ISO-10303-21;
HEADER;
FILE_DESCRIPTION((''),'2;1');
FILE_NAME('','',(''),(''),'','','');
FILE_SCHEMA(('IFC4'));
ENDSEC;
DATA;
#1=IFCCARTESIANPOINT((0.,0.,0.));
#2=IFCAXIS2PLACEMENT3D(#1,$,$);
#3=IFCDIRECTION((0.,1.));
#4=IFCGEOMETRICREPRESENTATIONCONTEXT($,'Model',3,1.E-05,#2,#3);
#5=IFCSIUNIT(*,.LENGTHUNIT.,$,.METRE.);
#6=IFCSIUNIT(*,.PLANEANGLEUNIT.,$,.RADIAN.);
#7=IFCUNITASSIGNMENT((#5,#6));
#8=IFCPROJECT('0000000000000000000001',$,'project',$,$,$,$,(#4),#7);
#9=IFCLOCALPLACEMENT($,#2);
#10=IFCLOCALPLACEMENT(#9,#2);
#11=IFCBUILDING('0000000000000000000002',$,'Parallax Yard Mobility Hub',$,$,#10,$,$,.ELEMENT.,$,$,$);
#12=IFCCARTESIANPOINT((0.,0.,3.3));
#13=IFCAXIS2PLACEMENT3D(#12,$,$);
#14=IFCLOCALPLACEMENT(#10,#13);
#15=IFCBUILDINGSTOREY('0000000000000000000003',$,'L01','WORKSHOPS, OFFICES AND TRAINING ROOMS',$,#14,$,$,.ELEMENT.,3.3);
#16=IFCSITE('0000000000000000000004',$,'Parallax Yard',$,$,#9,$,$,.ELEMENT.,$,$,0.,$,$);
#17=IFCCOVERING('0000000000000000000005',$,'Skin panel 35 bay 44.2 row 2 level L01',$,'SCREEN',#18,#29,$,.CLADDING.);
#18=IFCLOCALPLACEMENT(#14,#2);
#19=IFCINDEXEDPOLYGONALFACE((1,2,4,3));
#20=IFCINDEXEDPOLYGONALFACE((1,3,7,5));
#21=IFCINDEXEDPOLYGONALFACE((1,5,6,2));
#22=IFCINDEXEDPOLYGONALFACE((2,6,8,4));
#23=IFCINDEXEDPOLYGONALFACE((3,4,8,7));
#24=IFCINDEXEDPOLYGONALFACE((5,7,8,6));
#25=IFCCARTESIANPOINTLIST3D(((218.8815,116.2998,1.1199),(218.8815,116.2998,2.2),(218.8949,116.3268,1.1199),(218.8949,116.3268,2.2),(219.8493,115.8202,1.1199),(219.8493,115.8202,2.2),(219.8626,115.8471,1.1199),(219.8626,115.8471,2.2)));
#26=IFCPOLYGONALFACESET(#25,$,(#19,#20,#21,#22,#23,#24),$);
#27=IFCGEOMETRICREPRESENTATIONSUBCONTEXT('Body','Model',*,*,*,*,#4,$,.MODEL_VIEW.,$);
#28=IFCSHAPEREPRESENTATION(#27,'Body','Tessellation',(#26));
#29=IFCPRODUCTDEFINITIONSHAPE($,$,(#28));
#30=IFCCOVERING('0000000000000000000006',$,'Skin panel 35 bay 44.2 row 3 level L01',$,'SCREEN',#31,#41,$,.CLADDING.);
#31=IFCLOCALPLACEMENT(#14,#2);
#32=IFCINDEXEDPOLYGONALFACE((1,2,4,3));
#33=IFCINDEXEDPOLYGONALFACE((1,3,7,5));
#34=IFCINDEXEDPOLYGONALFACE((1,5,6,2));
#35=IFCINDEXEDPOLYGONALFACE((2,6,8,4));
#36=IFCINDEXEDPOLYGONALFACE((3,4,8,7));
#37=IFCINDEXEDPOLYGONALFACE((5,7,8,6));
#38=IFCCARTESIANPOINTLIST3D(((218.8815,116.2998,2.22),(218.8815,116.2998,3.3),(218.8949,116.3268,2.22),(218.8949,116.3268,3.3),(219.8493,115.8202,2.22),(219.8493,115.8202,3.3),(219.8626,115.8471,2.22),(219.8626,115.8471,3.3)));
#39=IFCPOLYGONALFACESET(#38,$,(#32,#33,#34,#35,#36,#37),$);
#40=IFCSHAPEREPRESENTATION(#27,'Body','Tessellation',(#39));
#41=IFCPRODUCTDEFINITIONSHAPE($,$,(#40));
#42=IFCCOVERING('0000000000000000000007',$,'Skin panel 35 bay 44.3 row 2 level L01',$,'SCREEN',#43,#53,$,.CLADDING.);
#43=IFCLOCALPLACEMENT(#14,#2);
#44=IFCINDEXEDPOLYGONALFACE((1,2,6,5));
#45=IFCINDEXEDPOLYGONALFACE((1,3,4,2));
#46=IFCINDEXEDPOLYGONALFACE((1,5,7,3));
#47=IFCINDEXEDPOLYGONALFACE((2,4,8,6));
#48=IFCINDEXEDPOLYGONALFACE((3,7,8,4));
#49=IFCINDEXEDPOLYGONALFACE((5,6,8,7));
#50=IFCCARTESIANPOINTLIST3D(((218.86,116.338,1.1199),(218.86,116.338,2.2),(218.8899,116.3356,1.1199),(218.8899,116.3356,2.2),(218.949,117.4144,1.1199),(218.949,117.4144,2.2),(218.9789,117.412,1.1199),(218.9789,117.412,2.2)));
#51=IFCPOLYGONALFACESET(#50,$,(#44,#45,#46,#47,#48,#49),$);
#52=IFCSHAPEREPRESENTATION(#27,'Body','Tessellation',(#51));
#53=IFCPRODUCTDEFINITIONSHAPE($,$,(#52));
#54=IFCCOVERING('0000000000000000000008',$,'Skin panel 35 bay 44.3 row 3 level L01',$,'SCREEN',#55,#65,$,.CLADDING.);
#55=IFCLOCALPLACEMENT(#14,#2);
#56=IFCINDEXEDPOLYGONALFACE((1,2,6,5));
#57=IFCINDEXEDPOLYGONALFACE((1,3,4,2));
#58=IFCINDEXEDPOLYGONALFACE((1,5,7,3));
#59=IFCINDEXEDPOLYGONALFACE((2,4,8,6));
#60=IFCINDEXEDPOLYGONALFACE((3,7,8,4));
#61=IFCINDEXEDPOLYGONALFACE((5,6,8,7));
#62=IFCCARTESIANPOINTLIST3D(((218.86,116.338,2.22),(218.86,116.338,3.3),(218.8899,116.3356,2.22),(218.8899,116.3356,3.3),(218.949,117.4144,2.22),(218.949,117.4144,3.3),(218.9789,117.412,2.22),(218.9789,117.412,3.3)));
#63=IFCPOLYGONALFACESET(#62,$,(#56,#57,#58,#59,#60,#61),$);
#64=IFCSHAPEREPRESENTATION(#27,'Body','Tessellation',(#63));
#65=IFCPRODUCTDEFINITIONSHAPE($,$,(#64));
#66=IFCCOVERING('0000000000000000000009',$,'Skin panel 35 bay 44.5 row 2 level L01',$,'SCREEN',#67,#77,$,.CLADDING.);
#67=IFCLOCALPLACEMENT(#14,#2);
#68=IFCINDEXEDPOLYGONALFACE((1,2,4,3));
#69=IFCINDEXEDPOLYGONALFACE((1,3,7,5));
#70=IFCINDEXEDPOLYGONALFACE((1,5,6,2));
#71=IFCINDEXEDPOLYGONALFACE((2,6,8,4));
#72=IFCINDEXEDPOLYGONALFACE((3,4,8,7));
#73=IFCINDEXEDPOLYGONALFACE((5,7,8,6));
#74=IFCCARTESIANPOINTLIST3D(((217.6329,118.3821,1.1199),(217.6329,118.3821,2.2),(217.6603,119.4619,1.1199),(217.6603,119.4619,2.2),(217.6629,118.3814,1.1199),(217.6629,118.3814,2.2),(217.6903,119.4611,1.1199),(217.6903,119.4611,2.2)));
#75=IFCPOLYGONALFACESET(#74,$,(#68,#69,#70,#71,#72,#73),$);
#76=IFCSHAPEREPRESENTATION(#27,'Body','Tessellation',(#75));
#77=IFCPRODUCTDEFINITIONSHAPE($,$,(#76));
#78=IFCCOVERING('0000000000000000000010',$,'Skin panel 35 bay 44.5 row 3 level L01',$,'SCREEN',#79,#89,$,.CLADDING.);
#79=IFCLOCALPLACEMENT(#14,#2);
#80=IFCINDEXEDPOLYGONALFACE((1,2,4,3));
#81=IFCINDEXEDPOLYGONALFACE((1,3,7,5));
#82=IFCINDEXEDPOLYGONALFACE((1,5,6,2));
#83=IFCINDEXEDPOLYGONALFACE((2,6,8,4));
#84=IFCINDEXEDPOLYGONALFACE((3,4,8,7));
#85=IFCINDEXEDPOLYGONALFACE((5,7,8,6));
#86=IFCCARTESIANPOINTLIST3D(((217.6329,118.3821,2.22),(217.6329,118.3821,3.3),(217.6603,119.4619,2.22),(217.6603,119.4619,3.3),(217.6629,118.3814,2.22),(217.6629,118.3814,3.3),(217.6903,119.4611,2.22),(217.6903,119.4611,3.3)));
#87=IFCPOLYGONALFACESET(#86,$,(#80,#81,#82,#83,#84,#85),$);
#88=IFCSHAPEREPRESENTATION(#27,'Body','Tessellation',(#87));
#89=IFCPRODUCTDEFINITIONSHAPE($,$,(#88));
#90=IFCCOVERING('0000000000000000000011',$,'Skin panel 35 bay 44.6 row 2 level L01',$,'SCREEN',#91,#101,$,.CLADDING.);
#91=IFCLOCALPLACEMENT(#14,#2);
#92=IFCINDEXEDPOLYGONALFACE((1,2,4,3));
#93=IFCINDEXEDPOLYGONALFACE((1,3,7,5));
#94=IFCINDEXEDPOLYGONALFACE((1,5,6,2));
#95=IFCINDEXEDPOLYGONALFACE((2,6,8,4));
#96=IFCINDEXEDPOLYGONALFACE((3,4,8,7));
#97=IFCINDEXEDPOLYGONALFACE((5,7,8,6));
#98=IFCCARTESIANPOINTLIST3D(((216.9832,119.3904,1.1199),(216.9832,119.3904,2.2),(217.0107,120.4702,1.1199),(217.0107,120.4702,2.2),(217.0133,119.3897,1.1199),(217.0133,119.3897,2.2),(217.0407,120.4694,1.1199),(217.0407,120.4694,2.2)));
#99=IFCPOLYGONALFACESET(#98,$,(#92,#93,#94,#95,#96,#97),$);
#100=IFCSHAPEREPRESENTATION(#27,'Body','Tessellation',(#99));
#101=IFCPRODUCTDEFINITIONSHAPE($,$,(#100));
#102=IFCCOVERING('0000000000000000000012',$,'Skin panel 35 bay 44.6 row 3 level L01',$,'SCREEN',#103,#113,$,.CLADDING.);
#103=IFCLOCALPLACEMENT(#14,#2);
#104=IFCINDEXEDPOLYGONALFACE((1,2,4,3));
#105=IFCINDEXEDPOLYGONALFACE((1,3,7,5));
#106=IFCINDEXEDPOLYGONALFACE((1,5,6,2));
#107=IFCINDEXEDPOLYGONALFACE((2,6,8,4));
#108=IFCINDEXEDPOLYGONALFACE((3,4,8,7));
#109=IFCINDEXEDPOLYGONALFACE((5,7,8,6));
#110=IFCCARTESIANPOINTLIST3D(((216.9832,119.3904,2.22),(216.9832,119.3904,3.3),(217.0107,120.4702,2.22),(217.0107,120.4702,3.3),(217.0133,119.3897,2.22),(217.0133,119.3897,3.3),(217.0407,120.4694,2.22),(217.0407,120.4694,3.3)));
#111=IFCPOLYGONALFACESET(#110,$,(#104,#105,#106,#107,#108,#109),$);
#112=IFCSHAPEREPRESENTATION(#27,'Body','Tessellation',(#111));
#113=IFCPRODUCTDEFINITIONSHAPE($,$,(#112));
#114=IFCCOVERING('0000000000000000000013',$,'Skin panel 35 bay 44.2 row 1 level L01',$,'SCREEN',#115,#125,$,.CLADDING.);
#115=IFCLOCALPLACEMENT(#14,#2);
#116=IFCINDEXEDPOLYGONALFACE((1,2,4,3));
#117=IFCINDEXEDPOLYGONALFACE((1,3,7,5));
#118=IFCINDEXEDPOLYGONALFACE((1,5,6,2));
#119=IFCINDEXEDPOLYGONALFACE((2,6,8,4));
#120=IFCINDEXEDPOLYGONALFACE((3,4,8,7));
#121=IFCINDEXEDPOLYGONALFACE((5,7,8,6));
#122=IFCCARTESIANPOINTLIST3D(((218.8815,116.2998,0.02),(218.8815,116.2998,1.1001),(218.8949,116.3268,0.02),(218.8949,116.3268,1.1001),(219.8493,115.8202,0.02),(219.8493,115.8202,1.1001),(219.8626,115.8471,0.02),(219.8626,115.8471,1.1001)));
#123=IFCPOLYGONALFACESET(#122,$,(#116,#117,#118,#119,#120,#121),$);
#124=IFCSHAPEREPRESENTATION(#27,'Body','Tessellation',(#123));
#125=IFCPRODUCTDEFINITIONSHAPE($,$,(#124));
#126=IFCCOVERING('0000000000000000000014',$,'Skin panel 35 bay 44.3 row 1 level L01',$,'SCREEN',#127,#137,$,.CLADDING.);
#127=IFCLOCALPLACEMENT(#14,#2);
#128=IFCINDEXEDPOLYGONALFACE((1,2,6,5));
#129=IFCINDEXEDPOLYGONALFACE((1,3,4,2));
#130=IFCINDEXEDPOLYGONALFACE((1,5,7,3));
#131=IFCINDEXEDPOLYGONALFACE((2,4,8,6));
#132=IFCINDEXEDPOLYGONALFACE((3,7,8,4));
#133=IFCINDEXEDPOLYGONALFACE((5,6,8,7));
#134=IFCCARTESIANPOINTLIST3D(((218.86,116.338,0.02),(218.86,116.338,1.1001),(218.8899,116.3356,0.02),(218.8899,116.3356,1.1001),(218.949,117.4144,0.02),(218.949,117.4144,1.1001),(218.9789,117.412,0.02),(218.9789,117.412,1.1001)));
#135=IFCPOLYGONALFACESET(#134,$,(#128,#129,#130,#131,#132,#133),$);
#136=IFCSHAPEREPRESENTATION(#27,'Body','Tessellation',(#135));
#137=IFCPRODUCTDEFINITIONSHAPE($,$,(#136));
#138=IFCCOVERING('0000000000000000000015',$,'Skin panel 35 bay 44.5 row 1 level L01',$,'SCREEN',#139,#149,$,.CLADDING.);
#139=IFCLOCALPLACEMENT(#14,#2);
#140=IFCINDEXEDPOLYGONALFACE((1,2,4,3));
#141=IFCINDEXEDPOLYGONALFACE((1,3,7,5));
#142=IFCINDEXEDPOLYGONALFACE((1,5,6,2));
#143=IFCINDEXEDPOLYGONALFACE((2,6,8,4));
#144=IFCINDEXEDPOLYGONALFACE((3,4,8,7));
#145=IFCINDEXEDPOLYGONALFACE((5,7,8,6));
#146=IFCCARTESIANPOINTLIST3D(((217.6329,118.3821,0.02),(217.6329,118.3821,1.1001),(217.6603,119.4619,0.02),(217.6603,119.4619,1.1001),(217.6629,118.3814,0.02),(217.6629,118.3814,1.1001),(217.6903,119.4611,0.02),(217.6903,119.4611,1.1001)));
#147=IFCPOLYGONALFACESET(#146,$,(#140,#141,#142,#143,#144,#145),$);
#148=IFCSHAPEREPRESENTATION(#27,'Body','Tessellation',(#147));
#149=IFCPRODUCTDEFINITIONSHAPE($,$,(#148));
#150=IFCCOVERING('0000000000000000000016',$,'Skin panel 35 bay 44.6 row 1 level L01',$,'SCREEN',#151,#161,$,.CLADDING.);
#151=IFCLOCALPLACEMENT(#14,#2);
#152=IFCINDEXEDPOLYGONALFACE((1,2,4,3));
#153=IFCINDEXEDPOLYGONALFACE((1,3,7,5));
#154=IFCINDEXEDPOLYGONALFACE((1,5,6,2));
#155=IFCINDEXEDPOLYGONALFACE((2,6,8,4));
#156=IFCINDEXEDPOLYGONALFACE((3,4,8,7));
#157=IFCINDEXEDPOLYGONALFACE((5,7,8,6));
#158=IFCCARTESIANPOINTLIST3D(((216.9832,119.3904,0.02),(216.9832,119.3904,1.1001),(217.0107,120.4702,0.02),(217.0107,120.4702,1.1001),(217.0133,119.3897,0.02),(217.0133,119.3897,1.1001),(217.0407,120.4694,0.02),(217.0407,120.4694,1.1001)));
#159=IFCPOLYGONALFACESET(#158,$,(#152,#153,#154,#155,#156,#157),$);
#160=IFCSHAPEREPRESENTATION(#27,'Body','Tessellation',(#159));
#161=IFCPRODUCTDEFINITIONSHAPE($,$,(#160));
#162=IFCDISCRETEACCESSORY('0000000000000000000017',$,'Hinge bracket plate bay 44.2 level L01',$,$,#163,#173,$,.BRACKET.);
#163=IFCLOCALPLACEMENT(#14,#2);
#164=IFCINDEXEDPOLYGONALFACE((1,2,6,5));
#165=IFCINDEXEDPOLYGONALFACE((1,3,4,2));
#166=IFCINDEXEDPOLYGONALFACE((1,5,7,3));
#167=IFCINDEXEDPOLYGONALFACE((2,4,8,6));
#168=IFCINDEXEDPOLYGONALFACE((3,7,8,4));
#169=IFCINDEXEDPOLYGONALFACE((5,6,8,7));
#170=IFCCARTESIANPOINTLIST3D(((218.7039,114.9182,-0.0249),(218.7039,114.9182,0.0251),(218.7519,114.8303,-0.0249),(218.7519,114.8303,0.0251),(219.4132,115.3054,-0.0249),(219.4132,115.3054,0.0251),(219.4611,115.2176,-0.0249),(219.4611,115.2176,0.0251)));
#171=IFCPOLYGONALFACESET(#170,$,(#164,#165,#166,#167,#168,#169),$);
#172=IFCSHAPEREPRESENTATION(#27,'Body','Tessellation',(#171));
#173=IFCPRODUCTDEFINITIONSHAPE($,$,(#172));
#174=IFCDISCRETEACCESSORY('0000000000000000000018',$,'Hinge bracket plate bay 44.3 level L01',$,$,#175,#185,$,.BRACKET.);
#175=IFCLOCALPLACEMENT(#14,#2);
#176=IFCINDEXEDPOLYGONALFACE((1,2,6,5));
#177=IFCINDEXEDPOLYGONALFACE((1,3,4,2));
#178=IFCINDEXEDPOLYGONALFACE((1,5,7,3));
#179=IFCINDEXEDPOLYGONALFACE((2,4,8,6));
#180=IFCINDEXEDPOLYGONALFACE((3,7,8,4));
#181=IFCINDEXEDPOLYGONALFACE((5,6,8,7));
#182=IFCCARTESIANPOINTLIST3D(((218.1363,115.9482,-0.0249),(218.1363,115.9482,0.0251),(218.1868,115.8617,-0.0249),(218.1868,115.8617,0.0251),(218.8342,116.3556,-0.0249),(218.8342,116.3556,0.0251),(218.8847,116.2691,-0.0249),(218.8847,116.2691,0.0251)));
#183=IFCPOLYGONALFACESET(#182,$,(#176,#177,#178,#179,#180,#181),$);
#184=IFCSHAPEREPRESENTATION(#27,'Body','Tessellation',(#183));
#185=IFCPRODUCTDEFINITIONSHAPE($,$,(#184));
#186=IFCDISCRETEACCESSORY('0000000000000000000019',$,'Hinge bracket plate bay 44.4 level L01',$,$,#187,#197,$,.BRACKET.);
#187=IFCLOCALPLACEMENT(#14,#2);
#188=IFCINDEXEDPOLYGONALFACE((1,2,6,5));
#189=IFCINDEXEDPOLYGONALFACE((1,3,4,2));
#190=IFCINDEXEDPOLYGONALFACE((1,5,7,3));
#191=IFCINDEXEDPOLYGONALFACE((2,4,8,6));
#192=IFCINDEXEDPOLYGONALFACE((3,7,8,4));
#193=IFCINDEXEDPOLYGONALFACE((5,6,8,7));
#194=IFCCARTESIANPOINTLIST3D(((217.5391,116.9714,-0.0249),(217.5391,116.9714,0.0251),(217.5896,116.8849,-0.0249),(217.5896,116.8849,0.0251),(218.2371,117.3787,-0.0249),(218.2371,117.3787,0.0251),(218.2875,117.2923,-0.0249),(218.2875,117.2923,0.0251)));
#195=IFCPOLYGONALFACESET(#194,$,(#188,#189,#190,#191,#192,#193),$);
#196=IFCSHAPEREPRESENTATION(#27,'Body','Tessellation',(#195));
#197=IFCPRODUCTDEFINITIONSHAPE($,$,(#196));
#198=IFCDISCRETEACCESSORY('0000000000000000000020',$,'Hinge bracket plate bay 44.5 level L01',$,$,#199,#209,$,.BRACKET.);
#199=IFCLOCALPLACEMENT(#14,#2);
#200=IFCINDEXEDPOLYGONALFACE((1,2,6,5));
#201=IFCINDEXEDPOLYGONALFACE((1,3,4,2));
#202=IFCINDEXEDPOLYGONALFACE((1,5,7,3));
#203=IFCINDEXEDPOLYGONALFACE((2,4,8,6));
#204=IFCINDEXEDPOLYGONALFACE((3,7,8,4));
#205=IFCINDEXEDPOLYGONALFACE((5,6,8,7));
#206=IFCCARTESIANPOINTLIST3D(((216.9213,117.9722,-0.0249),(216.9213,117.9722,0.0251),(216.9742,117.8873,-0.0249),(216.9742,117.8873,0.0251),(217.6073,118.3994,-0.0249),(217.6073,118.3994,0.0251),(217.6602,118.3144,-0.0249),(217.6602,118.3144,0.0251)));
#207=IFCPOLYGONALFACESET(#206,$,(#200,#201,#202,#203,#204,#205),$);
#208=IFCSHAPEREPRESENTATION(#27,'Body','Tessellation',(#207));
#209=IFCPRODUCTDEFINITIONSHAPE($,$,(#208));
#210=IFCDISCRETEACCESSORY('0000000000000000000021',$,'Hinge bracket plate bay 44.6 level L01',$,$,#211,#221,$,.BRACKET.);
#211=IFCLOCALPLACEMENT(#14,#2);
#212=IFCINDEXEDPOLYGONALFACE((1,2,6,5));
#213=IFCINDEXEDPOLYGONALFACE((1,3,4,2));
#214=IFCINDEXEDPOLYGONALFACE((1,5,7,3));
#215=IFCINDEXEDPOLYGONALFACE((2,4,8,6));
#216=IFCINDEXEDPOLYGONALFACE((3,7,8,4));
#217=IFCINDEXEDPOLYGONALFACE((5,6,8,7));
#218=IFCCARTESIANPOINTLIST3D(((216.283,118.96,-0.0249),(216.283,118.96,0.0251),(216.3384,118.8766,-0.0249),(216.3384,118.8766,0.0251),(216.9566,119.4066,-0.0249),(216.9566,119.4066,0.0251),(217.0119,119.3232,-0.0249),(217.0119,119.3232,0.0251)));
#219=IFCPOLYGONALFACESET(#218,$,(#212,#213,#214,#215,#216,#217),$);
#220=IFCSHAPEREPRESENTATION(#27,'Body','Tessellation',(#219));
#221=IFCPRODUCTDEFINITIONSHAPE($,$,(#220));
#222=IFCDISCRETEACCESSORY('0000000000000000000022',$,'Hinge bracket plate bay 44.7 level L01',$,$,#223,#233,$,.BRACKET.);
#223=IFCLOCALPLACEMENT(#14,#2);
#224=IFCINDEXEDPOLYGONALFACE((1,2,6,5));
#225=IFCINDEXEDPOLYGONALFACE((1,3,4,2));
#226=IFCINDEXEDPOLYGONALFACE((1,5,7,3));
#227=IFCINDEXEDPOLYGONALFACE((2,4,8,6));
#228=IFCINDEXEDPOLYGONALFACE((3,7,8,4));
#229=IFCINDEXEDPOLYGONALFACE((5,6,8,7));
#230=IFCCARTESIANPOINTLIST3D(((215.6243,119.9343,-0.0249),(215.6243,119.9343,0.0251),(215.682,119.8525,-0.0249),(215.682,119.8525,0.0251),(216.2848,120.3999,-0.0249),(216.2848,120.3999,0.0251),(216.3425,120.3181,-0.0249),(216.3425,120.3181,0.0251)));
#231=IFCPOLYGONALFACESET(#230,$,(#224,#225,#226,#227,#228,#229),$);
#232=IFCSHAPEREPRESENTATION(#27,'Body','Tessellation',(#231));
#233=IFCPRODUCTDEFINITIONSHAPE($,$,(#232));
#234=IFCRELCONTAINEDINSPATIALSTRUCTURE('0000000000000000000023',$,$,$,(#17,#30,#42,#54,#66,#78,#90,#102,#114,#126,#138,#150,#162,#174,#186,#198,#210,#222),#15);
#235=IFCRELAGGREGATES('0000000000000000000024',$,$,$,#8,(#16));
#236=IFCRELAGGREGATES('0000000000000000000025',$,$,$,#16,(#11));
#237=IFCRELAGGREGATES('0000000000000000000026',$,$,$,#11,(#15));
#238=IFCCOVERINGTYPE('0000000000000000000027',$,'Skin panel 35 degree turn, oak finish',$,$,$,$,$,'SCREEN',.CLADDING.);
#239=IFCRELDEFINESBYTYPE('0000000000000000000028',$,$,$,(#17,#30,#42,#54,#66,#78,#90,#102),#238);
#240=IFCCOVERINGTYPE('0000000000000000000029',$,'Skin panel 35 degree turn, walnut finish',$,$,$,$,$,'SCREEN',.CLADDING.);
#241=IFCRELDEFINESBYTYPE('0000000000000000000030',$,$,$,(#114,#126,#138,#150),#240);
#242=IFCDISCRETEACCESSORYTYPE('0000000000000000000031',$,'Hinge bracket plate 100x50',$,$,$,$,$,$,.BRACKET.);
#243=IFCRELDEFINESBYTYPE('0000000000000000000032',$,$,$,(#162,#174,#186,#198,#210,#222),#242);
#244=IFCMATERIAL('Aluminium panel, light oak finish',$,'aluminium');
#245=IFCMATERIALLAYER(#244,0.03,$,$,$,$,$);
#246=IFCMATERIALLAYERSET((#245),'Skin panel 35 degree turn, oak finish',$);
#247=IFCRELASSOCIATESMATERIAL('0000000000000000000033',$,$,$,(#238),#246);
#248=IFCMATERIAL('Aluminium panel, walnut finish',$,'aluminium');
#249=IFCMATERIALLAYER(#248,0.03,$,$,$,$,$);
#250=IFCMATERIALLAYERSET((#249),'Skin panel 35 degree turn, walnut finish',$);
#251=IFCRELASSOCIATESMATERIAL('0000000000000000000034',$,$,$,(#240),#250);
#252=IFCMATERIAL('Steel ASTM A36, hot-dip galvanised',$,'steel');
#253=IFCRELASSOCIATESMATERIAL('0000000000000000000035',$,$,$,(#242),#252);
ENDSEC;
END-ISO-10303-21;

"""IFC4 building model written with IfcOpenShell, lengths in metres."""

from ifc_helpers import new_model, si_unit, direction, frame, origin, origin_2d, place, context, subcontext, project, spatial, rectangle, extrude, material, layer, layer_set, type_object, element, save


model = new_model("IFC4")

# Units and contexts
model_context = context("Model", 3, precision=1e-05, world=origin(), true_north=direction((0.0, 1.0)))
body_context = subcontext(model_context, "Body", "Model", "MODEL_VIEW")
ifc_project = project(units=[si_unit("LENGTHUNIT", "METRE"), si_unit("PLANEANGLEUNIT", "RADIAN")], contexts=[model_context])

# Site, building, storey
site_placement = place(None, origin())
site = spatial("IfcSite", under=ifc_project, at=site_placement, Name="Parallax Yard", CompositionType="ELEMENT", RefElevation=0.0)
building_placement = place(site_placement, origin())
building = spatial("IfcBuilding", under=site, at=building_placement, Name="Parallax Yard Mobility Hub", CompositionType="ELEMENT")
storey_placement = place(building_placement, frame((0.0, 0.0, 3.3)))
storey = spatial("IfcBuildingStorey", under=building, at=storey_placement, Name="L01", Description="WORKSHOPS, OFFICES AND TRAINING ROOMS", CompositionType="ELEMENT", Elevation=3.3)

# Coverings
ifc_material_1 = material(Name="Aluminium panel, light oak finish", Category="aluminium")
ifc_material_2 = material(Name="Aluminium panel, walnut finish", Category="aluminium")
ifc_layer_1 = layer(ifc_material_1, 0.03)
ifc_layer_set_1 = layer_set([ifc_layer_1], Name="Skin panel 35 degree turn, oak finish")
covering_type_1 = type_object("IfcCoveringType", Name="Skin panel 35 degree turn, oak finish", ElementType="SCREEN", PredefinedType="CLADDING", material=ifc_layer_set_1)
for number, where, z_axis, x_axis, name in (
    (1, (219.3721, 116.0735, 1.1199), (0.0, 0.0, 1.0), (0.895994, -0.444066, 0.0), "Skin panel 35 bay 44.2 row 2 level L01"),
    (2, (219.3721, 116.0735, 2.22), (0.0, 0.0, 1.0), (0.895994, -0.444066, 0.0), "Skin panel 35 bay 44.2 row 3 level L01"),
    (3, (218.9194, 116.875, 1.1199), (0.0, 0.0, 1.0), (0.082413, 0.996598, 0.0), "Skin panel 35 bay 44.3 row 2 level L01"),
    (4, (218.9194, 116.875, 2.22), (0.0, 0.0, 1.0), (0.082413, 0.996598, 0.0), "Skin panel 35 bay 44.3 row 3 level L01"),
    (5, (217.6616, 118.9216, 1.1199), (0.0, 0.0, 1.0), (0.025383, 0.999678, 0.0), "Skin panel 35 bay 44.5 row 2 level L01"),
    (6, (217.6616, 118.9216, 2.22), (0.0, 0.0, 1.0), (0.025383, 0.999678, 0.0), "Skin panel 35 bay 44.5 row 3 level L01"),
    (7, (217.012, 119.9299, 1.1199), (0.0, 0.0, 1.0), (0.025383, 0.999678, 0.0), "Skin panel 35 bay 44.6 row 2 level L01"),
    (8, (217.012, 119.9299, 2.22), (0.0, 0.0, 1.0), (0.025383, 0.999678, 0.0), "Skin panel 35 bay 44.6 row 3 level L01"),
):
    element("IfcCovering", number, at=place(storey_placement, frame(where, z_axis=z_axis, x_axis=x_axis)), inside=storey, type_object=covering_type_1, Name=name, ObjectType="SCREEN", PredefinedType="CLADDING", context=body_context, shape_type="SweptSolid", body=[
        extrude(rectangle(XDim=1.0801, YDim=0.03, at=origin_2d()), origin(), (0.0, 0.0, 1.0), 1.0801),
    ])
ifc_layer_2 = layer(ifc_material_2, 0.03)
ifc_layer_set_2 = layer_set([ifc_layer_2], Name="Skin panel 35 degree turn, walnut finish")
covering_type_2 = type_object("IfcCoveringType", Name="Skin panel 35 degree turn, walnut finish", ElementType="SCREEN", PredefinedType="CLADDING", material=ifc_layer_set_2)
for number, where, z_axis, x_axis, name in (
    (9, (219.3721, 116.0735, 0.02), (0.0, 0.0, 1.0), (0.895994, -0.444066, 0.0), "Skin panel 35 bay 44.2 row 1 level L01"),
    (10, (218.9194, 116.875, 0.02), (0.0, 0.0, 1.0), (0.082413, 0.996598, 0.0), "Skin panel 35 bay 44.3 row 1 level L01"),
    (11, (217.6616, 118.9216, 0.02), (0.0, 0.0, 1.0), (0.025383, 0.999678, 0.0), "Skin panel 35 bay 44.5 row 1 level L01"),
    (12, (217.012, 119.9299, 0.02), (0.0, 0.0, 1.0), (0.025383, 0.999678, 0.0), "Skin panel 35 bay 44.6 row 1 level L01"),
):
    element("IfcCovering", number, at=place(storey_placement, frame(where, z_axis=z_axis, x_axis=x_axis)), inside=storey, type_object=covering_type_2, Name=name, ObjectType="SCREEN", PredefinedType="CLADDING", context=body_context, shape_type="SweptSolid", body=[
        extrude(rectangle(XDim=1.0801, YDim=0.03, at=origin_2d()), origin(), (0.0, 0.0, 1.0), 1.0801),
    ])

# Discrete accessories
ifc_material_3 = material(Name="Steel ASTM A36, hot-dip galvanised", Category="steel")
discrete_accessory_type_1 = type_object("IfcDiscreteAccessoryType", Name="Hinge bracket plate 100x50", PredefinedType="BRACKET", material=ifc_material_3)
for number, where, z_axis, x_axis, name in (
    (13, (219.0825, 115.0679, -0.0249), (0.0, 0.0, 1.0), (0.877679, 0.47925, 0.0), "Hinge bracket plate bay 44.2 level L01"),
    (14, (218.5105, 116.1086, -0.0249), (0.0, 0.0, 1.0), (0.863636, 0.504116, 0.0), "Hinge bracket plate bay 44.3 level L01"),
    (15, (217.9133, 117.1318, -0.0249), (0.0, 0.0, 1.0), (0.863636, 0.504116, 0.0), "Hinge bracket plate bay 44.4 level L01"),
    (16, (217.2908, 118.1433, -0.0249), (0.0, 0.0, 1.0), (0.848888, 0.528573, 0.0), "Hinge bracket plate bay 44.5 level L01"),
    (17, (216.6475, 119.1416, -0.0249), (0.0, 0.0, 1.0), (0.833447, 0.552599, 0.0), "Hinge bracket plate bay 44.6 level L01"),
    (18, (215.9834, 120.1262, -0.0249), (0.0, 0.0, 1.0), (0.817328, 0.576173, 0.0), "Hinge bracket plate bay 44.7 level L01"),
):
    element("IfcDiscreteAccessory", number, at=place(storey_placement, frame(where, z_axis=z_axis, x_axis=x_axis)), inside=storey, type_object=discrete_accessory_type_1, Name=name, PredefinedType="BRACKET", context=body_context, shape_type="SweptSolid", body=[
        extrude(rectangle(XDim=0.8081, YDim=0.1001, at=origin_2d()), origin(), (0.0, 0.0, 1.0), 0.05),
    ])

save(model, "model.ifc")
